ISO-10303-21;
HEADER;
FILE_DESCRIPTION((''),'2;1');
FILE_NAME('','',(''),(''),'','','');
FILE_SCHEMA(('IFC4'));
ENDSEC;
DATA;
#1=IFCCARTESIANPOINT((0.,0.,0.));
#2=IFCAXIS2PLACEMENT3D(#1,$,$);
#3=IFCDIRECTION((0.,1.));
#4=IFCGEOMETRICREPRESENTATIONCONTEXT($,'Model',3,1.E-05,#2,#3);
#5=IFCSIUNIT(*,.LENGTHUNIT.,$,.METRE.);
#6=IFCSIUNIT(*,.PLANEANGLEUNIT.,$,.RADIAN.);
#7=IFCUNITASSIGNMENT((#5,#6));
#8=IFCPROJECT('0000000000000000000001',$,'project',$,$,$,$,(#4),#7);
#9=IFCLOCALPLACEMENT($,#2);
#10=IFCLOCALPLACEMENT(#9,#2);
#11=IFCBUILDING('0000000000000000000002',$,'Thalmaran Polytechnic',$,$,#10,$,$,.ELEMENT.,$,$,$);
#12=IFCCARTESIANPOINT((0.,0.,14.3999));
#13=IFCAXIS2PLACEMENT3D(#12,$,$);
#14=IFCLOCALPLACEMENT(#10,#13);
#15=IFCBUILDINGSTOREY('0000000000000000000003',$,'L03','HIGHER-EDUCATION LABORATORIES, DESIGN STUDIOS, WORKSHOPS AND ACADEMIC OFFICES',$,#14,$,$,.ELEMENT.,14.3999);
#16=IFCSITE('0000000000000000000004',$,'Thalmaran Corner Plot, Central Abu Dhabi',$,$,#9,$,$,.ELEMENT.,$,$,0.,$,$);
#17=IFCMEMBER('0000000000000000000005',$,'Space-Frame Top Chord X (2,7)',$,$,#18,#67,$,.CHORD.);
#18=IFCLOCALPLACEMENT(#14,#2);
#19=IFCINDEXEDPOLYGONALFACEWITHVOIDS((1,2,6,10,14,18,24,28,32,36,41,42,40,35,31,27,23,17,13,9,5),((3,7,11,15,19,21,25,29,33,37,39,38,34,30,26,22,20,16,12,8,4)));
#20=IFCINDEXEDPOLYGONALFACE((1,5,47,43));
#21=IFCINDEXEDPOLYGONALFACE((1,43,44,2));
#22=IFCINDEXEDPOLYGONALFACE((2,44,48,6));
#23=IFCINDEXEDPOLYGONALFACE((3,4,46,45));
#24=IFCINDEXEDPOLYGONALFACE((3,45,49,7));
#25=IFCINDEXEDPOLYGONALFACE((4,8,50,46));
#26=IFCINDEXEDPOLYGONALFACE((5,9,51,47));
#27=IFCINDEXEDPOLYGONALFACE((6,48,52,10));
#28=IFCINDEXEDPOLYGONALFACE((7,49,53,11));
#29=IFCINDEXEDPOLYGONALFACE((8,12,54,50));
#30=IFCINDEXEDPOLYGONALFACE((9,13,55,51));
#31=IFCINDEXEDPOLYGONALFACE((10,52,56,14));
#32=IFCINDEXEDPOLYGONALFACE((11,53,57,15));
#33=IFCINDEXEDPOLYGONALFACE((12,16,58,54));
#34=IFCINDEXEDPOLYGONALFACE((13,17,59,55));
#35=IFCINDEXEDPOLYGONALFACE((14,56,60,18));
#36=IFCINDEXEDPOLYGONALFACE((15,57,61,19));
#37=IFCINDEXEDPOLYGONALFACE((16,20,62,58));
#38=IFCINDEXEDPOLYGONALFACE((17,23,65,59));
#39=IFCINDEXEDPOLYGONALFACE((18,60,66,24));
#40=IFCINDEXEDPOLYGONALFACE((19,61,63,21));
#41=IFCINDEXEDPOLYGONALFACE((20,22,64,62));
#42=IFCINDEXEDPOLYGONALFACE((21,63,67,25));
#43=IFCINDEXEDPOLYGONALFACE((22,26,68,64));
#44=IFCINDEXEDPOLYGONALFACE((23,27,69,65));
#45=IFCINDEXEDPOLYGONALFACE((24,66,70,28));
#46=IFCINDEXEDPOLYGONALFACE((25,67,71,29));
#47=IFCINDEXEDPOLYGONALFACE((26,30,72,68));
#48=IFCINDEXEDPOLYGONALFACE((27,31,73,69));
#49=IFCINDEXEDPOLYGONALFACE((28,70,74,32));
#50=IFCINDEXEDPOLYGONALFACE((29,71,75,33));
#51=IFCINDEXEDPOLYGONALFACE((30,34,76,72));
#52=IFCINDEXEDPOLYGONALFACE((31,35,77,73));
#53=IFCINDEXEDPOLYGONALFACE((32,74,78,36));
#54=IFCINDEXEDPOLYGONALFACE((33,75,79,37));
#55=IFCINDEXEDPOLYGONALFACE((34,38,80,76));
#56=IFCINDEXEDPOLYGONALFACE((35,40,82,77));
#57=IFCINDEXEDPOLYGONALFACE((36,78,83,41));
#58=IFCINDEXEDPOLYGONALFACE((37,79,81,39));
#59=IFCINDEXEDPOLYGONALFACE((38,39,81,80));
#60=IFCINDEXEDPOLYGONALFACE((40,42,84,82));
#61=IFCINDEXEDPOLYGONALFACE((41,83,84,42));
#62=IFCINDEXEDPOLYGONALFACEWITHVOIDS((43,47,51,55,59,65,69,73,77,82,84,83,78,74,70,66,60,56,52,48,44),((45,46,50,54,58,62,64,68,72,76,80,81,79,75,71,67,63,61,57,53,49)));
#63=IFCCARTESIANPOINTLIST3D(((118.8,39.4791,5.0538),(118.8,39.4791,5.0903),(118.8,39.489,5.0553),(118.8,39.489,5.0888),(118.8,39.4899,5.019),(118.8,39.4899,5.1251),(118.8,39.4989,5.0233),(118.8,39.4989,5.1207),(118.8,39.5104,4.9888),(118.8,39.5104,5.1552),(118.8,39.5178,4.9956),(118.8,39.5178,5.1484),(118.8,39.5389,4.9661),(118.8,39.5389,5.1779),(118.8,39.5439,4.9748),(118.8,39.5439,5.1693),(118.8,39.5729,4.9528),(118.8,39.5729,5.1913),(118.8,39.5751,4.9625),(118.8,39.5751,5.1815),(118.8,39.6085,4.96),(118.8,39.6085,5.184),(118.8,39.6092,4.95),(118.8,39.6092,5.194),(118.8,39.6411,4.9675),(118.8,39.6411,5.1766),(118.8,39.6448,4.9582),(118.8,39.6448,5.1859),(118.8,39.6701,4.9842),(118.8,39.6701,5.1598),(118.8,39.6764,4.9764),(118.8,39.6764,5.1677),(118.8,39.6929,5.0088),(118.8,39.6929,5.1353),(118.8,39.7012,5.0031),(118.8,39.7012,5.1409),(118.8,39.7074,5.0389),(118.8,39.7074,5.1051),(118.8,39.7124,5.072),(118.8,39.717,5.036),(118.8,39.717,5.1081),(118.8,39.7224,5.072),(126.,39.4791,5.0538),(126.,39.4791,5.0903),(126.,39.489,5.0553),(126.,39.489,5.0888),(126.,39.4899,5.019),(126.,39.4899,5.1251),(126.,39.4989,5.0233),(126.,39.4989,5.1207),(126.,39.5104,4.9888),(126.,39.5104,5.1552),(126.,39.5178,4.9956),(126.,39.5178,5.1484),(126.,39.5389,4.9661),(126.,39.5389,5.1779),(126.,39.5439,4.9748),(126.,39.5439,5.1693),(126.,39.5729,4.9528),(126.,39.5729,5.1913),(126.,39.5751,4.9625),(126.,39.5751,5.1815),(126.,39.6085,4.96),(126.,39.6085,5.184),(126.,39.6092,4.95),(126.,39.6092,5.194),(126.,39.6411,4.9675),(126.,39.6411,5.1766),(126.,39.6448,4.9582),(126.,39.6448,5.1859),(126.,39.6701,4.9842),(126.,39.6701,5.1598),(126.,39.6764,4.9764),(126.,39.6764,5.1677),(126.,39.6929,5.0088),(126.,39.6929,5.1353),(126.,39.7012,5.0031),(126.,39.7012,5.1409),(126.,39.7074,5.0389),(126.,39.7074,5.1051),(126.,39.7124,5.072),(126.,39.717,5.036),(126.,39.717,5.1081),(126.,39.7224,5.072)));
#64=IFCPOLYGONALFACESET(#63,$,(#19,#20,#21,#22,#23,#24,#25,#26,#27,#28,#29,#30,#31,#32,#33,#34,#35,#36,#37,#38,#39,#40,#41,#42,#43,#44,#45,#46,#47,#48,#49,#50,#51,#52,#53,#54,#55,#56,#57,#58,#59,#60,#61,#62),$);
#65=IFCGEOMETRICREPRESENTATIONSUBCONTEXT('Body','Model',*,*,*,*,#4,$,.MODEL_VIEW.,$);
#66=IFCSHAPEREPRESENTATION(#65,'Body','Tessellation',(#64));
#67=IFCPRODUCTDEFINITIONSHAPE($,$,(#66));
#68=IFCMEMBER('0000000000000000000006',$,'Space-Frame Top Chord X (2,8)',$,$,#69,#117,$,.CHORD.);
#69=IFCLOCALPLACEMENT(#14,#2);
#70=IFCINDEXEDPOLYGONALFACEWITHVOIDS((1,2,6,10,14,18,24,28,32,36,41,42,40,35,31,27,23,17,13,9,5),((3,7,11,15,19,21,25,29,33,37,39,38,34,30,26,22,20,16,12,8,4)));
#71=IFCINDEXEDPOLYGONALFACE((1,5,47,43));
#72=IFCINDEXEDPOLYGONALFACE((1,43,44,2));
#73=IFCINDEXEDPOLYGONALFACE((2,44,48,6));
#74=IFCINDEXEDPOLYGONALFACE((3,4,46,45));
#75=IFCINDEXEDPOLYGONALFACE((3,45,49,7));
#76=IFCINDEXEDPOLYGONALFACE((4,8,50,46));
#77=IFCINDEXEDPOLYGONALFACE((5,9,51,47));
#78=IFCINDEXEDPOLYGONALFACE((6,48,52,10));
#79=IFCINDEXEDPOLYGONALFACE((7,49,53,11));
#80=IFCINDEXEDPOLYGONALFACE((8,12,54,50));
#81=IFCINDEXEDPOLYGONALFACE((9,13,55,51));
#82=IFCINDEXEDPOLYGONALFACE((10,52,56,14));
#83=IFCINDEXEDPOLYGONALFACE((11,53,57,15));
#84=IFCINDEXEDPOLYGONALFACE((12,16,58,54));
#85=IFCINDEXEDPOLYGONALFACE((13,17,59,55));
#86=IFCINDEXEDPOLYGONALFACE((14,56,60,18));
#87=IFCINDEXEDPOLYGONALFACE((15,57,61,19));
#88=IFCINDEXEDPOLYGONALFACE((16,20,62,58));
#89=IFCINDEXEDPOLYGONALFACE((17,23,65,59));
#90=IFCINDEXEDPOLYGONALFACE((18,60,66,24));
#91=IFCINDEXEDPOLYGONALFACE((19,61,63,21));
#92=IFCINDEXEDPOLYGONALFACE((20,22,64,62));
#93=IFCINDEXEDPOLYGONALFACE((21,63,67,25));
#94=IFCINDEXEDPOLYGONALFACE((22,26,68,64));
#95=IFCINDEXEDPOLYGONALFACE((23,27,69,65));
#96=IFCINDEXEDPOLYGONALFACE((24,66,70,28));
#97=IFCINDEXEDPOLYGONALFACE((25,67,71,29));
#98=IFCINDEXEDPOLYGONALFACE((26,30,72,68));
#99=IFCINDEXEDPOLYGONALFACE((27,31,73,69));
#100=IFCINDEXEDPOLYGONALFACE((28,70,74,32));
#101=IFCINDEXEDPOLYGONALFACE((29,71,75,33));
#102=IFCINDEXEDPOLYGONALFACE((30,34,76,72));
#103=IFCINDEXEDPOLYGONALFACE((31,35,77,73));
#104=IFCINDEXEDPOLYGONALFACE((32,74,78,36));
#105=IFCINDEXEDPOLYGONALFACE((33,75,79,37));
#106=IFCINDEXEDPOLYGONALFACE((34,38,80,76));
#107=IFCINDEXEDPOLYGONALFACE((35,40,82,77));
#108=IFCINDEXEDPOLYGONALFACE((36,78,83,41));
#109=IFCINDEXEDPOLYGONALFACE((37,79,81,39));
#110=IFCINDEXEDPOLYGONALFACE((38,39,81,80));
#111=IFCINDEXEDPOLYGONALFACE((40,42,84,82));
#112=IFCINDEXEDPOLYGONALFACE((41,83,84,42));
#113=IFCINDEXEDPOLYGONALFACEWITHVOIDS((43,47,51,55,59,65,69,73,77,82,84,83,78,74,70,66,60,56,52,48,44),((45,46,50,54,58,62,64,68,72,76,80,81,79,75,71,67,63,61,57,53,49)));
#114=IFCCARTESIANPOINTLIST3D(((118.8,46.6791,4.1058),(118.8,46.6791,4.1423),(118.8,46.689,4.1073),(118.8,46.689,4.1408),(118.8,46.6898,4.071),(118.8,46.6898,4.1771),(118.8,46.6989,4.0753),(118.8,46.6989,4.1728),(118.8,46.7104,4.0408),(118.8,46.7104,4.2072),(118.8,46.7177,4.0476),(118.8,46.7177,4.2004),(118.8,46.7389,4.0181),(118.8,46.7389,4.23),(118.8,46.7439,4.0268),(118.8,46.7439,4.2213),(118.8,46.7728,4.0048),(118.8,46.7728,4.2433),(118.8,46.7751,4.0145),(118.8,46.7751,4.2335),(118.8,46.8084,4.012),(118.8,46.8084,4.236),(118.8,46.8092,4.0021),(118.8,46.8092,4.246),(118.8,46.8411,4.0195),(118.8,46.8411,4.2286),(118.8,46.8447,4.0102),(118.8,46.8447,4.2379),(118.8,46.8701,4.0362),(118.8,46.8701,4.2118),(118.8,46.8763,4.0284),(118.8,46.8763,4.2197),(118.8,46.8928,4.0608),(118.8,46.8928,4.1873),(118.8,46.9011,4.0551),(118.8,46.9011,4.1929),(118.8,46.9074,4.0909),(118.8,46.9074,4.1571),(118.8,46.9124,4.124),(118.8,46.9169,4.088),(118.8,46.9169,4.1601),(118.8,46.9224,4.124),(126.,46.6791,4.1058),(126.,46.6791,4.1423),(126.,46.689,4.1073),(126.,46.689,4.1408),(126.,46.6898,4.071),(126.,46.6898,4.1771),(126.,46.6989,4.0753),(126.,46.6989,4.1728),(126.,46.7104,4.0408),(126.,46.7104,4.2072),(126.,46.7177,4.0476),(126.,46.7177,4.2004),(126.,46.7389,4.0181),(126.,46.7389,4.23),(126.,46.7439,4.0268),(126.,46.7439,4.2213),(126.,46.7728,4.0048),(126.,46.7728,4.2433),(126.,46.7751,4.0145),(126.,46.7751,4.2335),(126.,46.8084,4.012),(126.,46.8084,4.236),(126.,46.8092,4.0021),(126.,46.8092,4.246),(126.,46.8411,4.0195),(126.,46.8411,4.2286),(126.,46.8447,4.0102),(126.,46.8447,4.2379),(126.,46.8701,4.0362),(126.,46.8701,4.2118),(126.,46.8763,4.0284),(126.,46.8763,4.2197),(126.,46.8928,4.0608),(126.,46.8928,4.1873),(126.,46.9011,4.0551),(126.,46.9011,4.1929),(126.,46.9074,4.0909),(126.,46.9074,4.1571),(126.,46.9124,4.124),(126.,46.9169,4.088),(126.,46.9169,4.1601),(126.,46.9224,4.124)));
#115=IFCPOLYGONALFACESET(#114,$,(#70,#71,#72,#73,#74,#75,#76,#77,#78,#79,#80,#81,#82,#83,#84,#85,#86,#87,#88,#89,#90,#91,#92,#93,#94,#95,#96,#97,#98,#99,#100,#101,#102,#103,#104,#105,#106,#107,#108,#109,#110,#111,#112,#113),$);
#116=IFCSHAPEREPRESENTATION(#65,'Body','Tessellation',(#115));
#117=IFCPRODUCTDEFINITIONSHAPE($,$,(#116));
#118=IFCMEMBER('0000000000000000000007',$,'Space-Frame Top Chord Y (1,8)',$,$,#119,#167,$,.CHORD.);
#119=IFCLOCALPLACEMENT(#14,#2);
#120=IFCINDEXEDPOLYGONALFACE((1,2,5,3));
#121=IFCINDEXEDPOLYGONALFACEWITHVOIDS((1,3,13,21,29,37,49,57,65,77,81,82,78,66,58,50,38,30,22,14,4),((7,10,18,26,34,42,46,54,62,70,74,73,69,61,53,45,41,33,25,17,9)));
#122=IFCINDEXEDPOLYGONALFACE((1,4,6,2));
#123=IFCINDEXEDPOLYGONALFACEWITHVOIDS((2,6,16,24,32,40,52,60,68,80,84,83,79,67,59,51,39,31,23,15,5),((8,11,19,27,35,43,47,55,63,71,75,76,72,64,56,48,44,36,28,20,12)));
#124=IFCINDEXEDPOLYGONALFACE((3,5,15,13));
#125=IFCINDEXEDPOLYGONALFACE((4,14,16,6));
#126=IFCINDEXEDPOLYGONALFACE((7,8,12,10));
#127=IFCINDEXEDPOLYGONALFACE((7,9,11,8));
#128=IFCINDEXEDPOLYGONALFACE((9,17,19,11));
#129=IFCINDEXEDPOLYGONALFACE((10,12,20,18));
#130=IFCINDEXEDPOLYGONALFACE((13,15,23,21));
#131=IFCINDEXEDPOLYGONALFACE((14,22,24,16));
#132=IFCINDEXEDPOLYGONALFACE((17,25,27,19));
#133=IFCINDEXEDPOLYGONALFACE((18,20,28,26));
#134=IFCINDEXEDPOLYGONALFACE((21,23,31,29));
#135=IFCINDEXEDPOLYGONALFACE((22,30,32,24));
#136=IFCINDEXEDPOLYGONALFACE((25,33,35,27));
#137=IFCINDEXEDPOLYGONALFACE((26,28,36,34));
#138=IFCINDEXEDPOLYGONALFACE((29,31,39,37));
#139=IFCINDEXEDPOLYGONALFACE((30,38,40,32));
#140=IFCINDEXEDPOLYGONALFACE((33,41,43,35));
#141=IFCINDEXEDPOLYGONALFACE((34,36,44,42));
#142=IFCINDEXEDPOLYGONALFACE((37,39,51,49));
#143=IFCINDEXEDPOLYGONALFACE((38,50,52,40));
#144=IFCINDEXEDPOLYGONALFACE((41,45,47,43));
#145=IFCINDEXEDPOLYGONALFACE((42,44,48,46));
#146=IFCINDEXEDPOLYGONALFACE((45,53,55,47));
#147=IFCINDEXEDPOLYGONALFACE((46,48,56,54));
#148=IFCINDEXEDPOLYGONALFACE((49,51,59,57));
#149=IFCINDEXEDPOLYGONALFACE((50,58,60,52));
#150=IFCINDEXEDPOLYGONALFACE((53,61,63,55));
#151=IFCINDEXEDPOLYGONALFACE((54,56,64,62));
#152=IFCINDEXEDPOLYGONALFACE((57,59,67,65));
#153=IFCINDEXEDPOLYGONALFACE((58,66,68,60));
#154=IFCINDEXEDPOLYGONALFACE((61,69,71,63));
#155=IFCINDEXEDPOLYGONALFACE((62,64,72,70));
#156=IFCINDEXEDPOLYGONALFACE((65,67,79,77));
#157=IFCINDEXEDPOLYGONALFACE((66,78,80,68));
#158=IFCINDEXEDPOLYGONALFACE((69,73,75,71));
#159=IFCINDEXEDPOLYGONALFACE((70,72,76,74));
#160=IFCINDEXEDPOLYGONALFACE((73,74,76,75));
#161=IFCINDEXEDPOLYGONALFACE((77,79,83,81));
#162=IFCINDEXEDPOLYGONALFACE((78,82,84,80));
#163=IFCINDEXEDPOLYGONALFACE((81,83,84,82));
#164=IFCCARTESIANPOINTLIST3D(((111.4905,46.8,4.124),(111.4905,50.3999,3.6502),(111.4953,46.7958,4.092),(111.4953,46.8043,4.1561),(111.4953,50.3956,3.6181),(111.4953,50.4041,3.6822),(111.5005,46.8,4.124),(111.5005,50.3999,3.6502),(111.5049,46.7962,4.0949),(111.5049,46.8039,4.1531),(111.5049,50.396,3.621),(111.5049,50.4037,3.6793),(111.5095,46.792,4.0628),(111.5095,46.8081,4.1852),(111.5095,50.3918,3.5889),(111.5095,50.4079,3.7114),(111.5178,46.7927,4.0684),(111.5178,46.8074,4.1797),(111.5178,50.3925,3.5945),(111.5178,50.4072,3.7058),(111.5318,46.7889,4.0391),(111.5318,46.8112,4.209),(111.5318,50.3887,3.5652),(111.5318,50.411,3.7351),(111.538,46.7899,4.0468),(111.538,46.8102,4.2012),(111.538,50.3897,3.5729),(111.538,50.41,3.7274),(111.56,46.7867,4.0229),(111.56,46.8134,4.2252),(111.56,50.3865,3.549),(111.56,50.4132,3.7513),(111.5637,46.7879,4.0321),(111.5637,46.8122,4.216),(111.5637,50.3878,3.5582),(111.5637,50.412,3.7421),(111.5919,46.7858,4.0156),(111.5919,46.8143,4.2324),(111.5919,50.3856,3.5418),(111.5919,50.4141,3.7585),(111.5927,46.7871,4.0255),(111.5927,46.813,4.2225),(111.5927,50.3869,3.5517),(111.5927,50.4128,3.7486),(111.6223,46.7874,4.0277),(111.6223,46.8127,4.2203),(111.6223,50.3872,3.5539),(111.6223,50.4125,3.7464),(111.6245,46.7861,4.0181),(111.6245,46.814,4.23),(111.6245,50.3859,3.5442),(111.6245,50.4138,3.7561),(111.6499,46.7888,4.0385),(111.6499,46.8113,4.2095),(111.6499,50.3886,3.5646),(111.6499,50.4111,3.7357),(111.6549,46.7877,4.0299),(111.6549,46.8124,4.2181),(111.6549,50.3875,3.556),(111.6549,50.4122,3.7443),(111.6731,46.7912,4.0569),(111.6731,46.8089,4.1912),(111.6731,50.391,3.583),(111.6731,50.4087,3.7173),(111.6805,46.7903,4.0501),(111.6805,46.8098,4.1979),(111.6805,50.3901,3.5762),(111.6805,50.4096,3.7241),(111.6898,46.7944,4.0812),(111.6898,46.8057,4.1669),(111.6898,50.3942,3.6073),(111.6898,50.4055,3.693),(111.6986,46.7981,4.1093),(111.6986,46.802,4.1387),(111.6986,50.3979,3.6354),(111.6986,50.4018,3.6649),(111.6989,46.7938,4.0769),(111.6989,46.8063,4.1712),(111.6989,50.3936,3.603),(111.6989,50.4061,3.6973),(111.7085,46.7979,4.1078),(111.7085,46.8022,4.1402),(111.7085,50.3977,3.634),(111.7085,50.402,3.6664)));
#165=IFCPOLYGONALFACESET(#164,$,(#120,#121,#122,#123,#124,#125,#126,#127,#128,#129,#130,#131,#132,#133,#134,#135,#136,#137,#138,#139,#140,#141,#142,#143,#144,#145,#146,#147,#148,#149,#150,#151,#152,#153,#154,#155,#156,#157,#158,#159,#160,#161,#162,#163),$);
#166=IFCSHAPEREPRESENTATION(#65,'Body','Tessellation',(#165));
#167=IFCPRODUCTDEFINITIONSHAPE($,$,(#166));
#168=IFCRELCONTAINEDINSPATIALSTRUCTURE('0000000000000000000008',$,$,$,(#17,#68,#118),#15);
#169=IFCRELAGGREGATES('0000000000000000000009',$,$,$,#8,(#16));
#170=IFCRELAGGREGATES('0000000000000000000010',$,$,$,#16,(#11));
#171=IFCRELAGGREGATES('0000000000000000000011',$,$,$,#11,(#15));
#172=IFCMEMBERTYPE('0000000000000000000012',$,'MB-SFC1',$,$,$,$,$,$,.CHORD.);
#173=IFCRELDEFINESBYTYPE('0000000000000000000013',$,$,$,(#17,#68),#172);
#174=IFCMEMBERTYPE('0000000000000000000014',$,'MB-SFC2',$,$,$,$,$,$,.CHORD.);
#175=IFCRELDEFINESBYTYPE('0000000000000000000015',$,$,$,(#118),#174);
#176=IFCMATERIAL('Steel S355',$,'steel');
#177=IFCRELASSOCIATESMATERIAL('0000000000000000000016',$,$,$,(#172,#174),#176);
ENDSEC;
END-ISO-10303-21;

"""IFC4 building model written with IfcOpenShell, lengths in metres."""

from ifc_helpers import new_model, si_unit, direction, frame, origin, origin_2d, place, context, subcontext, project, spatial, hollow_circle, extrude, material, material_profile, profile_set, type_object, element, save


model = new_model("IFC4")

# Units and contexts
model_context = context("Model", 3, precision=1e-05, world=origin(), true_north=direction((0.0, 1.0)))
body_context = subcontext(model_context, "Body", "Model", "MODEL_VIEW")
ifc_project = project(units=[si_unit("LENGTHUNIT", "METRE"), si_unit("PLANEANGLEUNIT", "RADIAN")], contexts=[model_context])

# Site, building, storey
site_placement = place(None, origin())
site = spatial("IfcSite", under=ifc_project, at=site_placement, Name="Thalmaran Corner Plot, Central Abu Dhabi", CompositionType="ELEMENT", RefElevation=0.0)
building_placement = place(site_placement, origin())
building = spatial("IfcBuilding", under=site, at=building_placement, Name="Thalmaran Polytechnic", CompositionType="ELEMENT")
storey_placement = place(building_placement, frame((0.0, 0.0, 14.3999)))
storey = spatial("IfcBuildingStorey", under=building, at=storey_placement, Name="L03", Description="HIGHER-EDUCATION LABORATORIES, DESIGN STUDIOS, WORKSHOPS AND ACADEMIC OFFICES", CompositionType="ELEMENT", Elevation=14.3999)

# Shared definitions
ifc_material_1 = material(Name="Steel S355", Category="steel")

# Members
ifc_material_profile_1 = material_profile(ifc_material_1, hollow_circle(Radius=0.1223, WallThickness=0.01, at=origin_2d()), Name="CHS 244.5x10.0")
ifc_profile_set_1 = profile_set([ifc_material_profile_1], Name="Steel S355")
member_type_1 = type_object("IfcMemberType", Name="MB-SFC1", PredefinedType="CHORD", material=ifc_profile_set_1)
for number, where, z_axis, x_axis, name in (
    (1, (118.8, 39.6001, 5.072), (1.0, 0.0, 0.0), (0.0, 1.0, 0.0), "Space-Frame Top Chord X (2,7)"),
    (2, (118.8, 46.8, 4.124), (1.0, 0.0, 0.0), (0.0, 1.0, 0.0), "Space-Frame Top Chord X (2,8)"),
):
    element("IfcMember", number, at=place(storey_placement, frame(where, z_axis=z_axis, x_axis=x_axis)), inside=storey, type_object=member_type_1, Name=name, PredefinedType="CHORD", context=body_context, shape_type="SweptSolid", body=[
        extrude(hollow_circle(Radius=0.1223, WallThickness=0.01, at=origin_2d()), origin(), (0.0, 0.0, 1.0), 7.2),
    ])
ifc_material_profile_2 = material_profile(ifc_material_1, hollow_circle(Radius=0.1096, WallThickness=0.01, at=origin_2d()), Name="CHS 219.1x10.0")
ifc_profile_set_2 = profile_set([ifc_material_profile_2], Name="Steel S355")
member_type_2 = type_object("IfcMemberType", Name="MB-SFC2", PredefinedType="CHORD", material=ifc_profile_set_2)
member_1_placement = place(storey_placement, frame((111.6001, 46.8, 4.124), z_axis=(0.0, 0.991447, -0.130512), x_axis=(-1.0, 0.0, 0.0)))
element("IfcMember", 3, at=member_1_placement, inside=storey, type_object=member_type_2, Name="Space-Frame Top Chord Y (1,8)", PredefinedType="CHORD", context=body_context, shape_type="SweptSolid", body=[
    extrude(hollow_circle(Radius=0.1096, WallThickness=0.01, at=origin_2d()), origin(), (0.0, 0.0, 1.0), 3.6309),
])

save(model, "model.ifc")
